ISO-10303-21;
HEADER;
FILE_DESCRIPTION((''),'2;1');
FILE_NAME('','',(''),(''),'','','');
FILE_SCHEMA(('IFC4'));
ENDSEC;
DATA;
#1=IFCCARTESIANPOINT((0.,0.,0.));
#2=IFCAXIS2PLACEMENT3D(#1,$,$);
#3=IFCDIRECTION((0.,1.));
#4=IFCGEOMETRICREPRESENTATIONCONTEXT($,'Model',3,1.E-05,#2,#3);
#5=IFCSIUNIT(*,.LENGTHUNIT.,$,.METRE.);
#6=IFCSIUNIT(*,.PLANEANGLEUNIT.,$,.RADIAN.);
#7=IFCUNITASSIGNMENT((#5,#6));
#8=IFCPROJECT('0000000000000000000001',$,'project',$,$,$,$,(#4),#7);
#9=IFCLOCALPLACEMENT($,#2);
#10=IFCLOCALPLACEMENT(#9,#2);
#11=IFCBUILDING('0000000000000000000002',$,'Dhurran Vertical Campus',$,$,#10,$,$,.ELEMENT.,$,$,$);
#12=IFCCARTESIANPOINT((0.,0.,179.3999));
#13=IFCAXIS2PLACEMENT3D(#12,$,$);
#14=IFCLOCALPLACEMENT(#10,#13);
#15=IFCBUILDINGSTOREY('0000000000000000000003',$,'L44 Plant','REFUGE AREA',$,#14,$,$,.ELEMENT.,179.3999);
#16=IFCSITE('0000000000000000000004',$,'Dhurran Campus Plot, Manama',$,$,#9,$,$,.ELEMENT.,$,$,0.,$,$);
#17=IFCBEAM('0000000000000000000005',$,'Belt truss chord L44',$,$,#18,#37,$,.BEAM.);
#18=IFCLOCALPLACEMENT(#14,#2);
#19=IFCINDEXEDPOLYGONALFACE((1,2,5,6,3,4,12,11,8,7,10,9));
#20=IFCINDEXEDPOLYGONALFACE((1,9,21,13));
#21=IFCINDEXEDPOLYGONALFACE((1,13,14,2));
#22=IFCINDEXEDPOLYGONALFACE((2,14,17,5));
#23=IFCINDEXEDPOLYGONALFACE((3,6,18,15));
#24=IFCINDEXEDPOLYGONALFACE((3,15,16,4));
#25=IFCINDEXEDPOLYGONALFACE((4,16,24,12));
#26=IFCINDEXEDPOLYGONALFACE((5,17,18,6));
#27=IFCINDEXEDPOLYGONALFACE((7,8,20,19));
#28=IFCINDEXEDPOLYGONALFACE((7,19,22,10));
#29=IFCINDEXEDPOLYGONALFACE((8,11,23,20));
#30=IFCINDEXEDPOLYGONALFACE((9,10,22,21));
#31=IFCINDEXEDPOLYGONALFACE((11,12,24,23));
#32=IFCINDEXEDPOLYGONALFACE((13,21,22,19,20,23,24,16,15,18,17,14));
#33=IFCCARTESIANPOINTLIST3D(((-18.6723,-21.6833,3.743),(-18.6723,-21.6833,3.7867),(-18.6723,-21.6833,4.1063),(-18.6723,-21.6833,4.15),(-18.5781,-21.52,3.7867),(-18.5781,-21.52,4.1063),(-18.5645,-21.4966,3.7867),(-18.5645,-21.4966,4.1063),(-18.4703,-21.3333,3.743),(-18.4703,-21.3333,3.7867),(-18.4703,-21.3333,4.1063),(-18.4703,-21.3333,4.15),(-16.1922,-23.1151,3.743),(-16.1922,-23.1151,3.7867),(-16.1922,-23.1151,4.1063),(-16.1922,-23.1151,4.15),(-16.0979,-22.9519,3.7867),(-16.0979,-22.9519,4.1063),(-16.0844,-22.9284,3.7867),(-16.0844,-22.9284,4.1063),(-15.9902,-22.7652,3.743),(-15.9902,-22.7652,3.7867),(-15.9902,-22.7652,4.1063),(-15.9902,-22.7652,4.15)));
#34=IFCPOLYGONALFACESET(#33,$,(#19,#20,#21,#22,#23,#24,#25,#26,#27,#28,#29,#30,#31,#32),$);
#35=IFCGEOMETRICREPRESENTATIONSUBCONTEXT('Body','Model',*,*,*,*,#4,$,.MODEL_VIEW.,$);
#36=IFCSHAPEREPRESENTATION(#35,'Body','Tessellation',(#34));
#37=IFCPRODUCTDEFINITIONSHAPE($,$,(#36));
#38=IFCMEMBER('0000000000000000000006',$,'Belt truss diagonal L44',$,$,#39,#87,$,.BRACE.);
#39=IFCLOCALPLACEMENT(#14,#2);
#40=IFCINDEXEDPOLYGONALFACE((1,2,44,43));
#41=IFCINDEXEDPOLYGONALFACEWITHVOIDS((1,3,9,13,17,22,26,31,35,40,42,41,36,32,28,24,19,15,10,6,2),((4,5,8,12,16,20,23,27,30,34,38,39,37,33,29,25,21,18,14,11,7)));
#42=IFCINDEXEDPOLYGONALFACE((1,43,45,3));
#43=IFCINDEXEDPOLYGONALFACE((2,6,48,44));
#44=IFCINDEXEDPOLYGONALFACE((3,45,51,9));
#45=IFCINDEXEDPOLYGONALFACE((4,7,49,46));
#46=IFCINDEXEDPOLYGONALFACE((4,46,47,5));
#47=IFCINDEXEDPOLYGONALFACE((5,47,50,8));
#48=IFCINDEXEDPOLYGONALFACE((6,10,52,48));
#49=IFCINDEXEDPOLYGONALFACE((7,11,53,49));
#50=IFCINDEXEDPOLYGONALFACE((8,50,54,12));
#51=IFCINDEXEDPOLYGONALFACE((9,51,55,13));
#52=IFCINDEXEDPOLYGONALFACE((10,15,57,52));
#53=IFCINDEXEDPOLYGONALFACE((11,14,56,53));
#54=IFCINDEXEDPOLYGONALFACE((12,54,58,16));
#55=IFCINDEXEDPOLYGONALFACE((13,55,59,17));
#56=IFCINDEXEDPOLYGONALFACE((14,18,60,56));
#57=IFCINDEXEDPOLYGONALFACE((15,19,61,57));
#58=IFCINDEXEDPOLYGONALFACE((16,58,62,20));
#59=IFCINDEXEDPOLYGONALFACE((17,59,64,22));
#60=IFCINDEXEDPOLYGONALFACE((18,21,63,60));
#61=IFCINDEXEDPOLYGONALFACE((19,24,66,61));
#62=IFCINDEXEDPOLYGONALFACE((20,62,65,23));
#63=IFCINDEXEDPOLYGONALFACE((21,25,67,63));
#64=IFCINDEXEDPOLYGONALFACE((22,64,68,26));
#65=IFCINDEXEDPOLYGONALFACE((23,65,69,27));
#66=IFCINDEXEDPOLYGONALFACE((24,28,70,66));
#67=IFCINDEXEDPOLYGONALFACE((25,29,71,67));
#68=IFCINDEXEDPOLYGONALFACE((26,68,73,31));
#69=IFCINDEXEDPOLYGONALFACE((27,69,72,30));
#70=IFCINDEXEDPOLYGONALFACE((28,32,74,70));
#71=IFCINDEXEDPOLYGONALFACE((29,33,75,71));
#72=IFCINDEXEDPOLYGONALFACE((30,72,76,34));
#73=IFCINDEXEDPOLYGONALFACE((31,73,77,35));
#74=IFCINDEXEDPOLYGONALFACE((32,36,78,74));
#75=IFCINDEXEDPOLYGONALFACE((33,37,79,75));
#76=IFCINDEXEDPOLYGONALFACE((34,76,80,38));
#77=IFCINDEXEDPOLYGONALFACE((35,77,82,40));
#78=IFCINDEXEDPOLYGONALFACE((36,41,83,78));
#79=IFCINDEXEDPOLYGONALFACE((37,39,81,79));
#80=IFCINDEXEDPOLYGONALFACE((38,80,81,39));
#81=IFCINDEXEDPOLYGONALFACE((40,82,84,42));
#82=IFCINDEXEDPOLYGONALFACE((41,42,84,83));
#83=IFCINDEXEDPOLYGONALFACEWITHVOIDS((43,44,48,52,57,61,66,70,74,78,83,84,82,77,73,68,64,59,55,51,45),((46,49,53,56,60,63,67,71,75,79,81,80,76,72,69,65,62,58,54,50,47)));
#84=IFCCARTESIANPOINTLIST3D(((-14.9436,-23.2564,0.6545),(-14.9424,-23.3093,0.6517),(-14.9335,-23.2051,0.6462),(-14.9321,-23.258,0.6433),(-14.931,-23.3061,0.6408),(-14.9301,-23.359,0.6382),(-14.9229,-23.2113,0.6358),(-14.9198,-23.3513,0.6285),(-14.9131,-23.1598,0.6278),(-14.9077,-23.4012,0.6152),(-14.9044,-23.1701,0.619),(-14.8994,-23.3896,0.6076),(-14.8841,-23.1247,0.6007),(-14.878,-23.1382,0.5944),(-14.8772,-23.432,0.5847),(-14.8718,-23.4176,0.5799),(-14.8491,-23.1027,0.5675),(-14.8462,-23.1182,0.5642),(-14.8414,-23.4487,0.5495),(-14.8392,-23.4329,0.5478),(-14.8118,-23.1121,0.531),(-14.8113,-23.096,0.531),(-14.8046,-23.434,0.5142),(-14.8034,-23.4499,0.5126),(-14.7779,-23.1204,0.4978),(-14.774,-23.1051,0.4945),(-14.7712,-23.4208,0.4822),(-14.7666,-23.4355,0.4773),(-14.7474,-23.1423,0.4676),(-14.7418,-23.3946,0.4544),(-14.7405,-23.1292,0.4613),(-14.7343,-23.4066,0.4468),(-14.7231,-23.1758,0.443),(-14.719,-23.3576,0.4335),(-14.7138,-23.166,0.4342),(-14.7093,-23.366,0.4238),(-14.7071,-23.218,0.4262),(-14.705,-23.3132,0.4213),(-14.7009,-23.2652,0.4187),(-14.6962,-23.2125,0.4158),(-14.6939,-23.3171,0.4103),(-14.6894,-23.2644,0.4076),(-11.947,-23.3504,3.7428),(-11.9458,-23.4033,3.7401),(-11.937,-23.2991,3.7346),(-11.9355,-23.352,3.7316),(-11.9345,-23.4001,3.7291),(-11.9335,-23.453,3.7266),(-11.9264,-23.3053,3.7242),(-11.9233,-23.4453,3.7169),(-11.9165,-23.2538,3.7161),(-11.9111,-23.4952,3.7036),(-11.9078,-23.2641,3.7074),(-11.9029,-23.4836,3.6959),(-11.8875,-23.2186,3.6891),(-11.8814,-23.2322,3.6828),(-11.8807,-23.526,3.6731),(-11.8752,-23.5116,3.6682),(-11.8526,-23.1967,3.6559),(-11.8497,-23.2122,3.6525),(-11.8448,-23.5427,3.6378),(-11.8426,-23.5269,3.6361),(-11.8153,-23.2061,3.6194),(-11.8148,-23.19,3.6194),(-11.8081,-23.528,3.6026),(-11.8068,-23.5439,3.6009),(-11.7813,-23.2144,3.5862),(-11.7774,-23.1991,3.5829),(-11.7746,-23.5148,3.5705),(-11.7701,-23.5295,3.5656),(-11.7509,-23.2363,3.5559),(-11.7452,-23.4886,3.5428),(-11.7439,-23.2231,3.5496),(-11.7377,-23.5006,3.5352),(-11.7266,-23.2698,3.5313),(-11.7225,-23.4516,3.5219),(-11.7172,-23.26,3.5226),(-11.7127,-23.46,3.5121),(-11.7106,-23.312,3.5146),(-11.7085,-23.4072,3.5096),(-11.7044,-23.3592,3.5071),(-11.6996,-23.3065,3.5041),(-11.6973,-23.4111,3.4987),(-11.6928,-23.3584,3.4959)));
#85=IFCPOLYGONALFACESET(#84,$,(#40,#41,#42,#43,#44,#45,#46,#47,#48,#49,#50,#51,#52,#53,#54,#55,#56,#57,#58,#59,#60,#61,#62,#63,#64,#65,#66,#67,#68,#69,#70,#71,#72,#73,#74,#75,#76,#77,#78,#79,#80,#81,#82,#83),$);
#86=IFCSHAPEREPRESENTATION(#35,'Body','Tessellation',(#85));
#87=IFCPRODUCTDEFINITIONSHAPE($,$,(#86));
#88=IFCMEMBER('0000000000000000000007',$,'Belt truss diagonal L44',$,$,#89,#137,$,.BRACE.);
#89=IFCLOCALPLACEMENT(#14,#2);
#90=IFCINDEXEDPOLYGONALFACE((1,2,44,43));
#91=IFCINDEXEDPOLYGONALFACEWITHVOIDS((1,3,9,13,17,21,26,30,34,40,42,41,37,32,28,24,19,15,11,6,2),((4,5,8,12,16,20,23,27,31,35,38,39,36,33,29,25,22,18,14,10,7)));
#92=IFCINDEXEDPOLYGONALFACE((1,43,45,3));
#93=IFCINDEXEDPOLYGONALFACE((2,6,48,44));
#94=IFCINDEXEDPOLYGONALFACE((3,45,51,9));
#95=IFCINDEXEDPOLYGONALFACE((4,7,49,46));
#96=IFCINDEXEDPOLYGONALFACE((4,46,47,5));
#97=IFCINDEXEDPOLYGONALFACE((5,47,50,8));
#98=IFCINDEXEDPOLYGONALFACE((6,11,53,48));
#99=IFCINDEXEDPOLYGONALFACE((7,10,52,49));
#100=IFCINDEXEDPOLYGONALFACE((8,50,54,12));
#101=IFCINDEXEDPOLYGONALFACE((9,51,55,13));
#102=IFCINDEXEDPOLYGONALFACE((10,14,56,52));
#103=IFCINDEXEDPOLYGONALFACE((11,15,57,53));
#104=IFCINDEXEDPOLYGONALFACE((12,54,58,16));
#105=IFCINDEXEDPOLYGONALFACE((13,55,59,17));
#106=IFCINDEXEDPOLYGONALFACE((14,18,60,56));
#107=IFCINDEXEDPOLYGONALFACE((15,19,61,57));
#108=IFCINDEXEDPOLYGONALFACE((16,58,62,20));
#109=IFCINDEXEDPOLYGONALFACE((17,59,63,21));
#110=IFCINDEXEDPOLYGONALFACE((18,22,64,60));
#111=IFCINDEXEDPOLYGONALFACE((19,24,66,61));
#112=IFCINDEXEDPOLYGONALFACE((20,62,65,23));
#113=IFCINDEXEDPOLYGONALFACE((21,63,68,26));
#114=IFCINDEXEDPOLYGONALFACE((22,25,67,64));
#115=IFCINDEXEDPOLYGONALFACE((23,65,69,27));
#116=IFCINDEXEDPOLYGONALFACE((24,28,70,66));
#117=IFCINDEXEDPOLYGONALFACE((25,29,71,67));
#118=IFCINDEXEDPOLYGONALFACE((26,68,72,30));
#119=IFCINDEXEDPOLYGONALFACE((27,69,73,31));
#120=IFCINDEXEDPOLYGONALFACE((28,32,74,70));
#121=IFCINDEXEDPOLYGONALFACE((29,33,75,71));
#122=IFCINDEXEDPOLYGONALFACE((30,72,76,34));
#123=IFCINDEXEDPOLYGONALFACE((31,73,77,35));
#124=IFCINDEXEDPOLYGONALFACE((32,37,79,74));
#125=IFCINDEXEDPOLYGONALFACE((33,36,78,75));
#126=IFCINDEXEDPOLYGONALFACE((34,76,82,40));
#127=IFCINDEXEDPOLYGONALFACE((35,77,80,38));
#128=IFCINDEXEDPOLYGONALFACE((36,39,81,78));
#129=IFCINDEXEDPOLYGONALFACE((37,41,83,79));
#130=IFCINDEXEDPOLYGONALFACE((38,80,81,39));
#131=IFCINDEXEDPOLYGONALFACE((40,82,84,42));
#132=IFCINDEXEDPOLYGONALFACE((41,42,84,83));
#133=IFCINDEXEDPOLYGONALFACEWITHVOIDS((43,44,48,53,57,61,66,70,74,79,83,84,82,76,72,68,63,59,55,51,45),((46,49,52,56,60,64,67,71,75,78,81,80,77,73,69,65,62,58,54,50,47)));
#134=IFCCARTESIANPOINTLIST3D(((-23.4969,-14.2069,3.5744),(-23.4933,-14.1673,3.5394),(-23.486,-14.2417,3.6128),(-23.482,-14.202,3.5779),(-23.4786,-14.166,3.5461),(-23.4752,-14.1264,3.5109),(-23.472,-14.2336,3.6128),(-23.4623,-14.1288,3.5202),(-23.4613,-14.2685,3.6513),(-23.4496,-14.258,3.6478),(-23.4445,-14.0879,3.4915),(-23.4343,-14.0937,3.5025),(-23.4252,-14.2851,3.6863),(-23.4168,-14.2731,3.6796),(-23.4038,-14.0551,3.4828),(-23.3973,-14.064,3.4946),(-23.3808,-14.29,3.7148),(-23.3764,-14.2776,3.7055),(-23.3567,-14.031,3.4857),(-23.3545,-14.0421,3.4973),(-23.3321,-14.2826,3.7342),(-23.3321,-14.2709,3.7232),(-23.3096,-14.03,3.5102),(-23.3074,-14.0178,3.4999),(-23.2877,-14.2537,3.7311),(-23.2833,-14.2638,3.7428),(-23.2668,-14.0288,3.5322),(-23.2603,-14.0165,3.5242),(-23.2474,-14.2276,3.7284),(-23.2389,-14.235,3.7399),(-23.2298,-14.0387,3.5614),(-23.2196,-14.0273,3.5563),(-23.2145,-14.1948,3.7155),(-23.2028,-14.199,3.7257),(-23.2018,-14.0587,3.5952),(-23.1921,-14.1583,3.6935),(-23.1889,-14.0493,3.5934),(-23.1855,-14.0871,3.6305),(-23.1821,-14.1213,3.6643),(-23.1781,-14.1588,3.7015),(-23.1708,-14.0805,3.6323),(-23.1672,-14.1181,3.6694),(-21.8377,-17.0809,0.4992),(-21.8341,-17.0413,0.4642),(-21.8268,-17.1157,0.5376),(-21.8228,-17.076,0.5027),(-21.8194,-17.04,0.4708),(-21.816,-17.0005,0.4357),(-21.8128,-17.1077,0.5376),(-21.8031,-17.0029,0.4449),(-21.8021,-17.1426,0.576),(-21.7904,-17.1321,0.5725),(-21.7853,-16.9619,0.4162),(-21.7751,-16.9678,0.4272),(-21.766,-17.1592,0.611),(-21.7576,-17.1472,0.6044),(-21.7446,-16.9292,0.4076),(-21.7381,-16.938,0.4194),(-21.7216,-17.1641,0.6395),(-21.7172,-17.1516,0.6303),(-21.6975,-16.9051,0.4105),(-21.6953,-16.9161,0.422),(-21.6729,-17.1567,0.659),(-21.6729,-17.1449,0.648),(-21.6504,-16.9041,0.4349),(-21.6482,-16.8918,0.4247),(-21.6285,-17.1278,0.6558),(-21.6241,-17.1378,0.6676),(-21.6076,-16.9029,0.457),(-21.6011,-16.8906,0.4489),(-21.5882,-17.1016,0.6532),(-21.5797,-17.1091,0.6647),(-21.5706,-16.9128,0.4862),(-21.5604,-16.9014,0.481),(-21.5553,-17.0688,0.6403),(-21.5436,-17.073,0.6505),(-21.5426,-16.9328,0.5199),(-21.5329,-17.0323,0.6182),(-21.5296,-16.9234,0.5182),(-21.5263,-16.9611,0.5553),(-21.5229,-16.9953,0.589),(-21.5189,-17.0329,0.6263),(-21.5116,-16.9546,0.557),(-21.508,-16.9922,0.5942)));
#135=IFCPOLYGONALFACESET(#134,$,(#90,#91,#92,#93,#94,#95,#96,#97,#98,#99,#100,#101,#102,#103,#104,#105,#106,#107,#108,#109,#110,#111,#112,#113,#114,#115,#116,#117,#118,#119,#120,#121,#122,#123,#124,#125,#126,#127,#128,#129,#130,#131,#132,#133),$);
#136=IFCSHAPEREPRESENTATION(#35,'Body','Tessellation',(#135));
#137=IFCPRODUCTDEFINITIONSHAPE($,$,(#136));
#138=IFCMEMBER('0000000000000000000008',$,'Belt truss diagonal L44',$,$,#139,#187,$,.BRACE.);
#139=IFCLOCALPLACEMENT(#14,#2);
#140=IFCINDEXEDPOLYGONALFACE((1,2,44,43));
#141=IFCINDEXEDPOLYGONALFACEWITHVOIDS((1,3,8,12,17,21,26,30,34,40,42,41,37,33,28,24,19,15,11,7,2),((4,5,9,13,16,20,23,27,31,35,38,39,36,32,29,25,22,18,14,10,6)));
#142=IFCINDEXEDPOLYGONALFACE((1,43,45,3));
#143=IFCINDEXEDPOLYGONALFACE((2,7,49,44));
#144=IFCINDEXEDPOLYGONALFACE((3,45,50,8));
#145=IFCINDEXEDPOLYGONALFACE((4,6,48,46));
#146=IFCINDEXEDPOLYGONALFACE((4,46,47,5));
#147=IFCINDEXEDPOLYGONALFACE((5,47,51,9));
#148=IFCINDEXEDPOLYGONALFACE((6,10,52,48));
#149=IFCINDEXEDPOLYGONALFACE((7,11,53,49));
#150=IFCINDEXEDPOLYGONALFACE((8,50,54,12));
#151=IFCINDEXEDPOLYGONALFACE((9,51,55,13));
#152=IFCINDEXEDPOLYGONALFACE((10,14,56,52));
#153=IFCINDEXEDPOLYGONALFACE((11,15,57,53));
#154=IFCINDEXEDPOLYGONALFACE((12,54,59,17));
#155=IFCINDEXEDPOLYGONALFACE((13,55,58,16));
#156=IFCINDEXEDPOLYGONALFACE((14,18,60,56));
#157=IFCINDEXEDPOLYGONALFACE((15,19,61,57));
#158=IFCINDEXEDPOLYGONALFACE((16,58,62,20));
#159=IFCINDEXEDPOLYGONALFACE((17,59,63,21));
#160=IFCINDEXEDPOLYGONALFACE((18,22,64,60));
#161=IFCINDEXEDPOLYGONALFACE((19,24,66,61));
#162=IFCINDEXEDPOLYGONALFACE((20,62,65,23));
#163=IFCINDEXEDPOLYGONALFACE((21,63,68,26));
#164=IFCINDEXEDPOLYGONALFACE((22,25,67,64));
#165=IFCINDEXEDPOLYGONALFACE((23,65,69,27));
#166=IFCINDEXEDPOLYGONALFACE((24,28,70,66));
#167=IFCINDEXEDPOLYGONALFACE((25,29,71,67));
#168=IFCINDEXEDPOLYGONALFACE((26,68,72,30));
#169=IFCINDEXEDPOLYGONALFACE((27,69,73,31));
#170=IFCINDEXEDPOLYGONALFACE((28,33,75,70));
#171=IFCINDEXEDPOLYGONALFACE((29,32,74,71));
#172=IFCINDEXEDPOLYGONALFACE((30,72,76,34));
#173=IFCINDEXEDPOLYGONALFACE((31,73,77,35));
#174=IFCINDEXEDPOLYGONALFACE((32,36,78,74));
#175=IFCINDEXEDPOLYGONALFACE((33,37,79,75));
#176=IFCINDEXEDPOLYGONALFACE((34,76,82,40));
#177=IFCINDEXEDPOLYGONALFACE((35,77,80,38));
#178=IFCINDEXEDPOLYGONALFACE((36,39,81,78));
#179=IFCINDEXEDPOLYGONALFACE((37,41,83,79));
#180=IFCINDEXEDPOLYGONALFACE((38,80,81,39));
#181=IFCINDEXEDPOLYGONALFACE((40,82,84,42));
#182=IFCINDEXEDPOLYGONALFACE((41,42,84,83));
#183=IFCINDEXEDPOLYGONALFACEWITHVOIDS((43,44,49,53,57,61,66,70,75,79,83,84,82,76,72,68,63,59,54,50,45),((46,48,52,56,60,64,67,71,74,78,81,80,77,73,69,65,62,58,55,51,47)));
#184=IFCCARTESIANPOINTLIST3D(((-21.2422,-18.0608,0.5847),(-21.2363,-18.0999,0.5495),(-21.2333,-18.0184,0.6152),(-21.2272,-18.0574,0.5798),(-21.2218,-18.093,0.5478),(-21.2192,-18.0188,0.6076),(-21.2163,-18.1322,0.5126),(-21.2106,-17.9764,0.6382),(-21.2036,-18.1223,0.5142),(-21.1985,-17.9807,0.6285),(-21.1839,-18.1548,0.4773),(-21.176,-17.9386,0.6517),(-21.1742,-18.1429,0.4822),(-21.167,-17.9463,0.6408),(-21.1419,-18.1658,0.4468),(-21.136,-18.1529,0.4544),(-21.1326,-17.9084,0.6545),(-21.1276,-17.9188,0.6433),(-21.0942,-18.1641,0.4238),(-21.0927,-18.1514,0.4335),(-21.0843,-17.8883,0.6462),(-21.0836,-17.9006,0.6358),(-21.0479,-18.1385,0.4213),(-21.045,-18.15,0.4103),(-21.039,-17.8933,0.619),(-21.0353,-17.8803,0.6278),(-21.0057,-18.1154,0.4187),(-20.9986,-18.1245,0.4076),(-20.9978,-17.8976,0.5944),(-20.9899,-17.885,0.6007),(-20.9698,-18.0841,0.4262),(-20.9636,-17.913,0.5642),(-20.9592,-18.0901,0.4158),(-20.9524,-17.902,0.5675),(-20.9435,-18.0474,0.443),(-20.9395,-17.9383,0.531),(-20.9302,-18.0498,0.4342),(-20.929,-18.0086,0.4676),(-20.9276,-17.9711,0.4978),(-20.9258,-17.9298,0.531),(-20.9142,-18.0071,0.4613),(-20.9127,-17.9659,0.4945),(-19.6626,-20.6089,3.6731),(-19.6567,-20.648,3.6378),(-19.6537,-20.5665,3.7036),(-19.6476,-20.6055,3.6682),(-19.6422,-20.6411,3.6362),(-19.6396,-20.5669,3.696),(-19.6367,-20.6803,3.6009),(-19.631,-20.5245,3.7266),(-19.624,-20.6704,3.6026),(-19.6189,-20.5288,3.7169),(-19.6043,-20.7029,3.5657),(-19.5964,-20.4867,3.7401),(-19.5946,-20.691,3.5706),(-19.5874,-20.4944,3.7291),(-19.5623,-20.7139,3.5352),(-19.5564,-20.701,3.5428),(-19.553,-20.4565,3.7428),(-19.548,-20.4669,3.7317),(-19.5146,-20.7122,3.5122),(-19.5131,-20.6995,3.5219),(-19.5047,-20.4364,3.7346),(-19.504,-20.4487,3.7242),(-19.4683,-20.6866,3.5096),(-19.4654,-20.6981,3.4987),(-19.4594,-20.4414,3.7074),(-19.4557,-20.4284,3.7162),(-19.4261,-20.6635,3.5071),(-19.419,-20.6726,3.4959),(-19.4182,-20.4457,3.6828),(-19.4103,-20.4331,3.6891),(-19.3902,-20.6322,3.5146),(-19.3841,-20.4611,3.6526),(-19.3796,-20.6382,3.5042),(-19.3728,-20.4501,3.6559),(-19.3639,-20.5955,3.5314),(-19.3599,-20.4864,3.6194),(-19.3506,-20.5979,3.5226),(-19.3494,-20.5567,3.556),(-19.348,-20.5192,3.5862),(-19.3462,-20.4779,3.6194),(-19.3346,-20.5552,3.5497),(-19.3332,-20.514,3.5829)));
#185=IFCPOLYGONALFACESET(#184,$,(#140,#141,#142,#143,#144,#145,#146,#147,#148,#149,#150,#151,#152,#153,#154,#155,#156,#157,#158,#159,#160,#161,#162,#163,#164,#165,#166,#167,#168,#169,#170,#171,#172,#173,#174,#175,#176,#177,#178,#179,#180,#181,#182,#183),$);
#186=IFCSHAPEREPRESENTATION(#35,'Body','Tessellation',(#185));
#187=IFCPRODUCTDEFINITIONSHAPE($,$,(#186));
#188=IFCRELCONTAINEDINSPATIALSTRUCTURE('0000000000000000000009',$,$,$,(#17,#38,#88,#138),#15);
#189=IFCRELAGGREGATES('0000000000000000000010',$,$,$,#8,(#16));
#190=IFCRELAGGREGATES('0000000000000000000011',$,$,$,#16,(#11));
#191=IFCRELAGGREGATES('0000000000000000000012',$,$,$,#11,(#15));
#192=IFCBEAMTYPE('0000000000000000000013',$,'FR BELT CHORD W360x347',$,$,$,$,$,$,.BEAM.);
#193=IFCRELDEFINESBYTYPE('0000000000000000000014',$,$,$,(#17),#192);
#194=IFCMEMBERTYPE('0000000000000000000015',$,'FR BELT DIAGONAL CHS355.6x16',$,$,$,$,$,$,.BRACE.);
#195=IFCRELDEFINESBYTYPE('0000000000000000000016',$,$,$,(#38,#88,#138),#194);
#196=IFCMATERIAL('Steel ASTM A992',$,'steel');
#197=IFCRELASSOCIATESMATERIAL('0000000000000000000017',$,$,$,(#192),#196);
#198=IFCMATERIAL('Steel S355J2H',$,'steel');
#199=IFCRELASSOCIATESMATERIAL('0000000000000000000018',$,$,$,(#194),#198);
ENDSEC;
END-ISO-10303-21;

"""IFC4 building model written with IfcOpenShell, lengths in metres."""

from ifc_helpers import new_model, si_unit, direction, frame, origin, origin_2d, place, context, subcontext, project, spatial, hollow_circle, i_section, extrude, material, material_profile, profile_set, type_object, element, save


model = new_model("IFC4")

# Units and contexts
model_context = context("Model", 3, precision=1e-05, world=origin(), true_north=direction((0.0, 1.0)))
body_context = subcontext(model_context, "Body", "Model", "MODEL_VIEW")
ifc_project = project(units=[si_unit("LENGTHUNIT", "METRE"), si_unit("PLANEANGLEUNIT", "RADIAN")], contexts=[model_context])

# Site, building, storey
site_placement = place(None, origin())
site = spatial("IfcSite", under=ifc_project, at=site_placement, Name="Dhurran Campus Plot, Manama", CompositionType="ELEMENT", RefElevation=0.0)
building_placement = place(site_placement, origin())
building = spatial("IfcBuilding", under=site, at=building_placement, Name="Dhurran Vertical Campus", CompositionType="ELEMENT")
storey_placement = place(building_placement, frame((0.0, 0.0, 179.3999)))
storey = spatial("IfcBuildingStorey", under=building, at=storey_placement, Name="L44 Plant", Description="REFUGE AREA", CompositionType="ELEMENT", Elevation=179.3999)

# Beam
ifc_material_1 = material(Name="Steel ASTM A992", Category="steel")
ifc_material_profile_1 = material_profile(ifc_material_1, i_section(OverallWidth=0.4041, OverallDepth=0.407, WebThickness=0.0271, FlangeThickness=0.0437, at=origin_2d()), Name="W360x347")
ifc_profile_set_1 = profile_set([ifc_material_profile_1], Name="Steel ASTM A992")
beam_type = type_object("IfcBeamType", Name="FR BELT CHORD W360x347", PredefinedType="BEAM", material=ifc_profile_set_1)
for number, where, z_axis, x_axis, name in (
    (1, (-18.5713, -21.5083, 3.9465), (0.866037, -0.499981, 0.0), (0.499981, 0.866037, 0.0), "Belt truss chord L44"),
):
    element("IfcBeam", number, at=place(storey_placement, frame(where, z_axis=z_axis, x_axis=x_axis)), inside=storey, type_object=beam_type, Name=name, PredefinedType="BEAM", context=body_context, shape_type="SweptSolid", body=[
        extrude(i_section(OverallWidth=0.4041, OverallDepth=0.407, WebThickness=0.0271, FlangeThickness=0.0437, at=origin_2d()), origin(), (0.0, 0.0, 1.0), 2.8638),
    ])

# Members
ifc_material_2 = material(Name="Steel S355J2H", Category="steel")
ifc_material_profile_2 = material_profile(ifc_material_2, hollow_circle(Radius=0.1777, WallThickness=0.0161, at=origin_2d()), Name="CHS355.6x16")
ifc_profile_set_2 = profile_set([ifc_material_profile_2], Name="Steel S355J2H")
member_type = type_object("IfcMemberType", Name="FR BELT DIAGONAL CHS355.6x16", PredefinedType="BRACE", material=ifc_profile_set_2)
member_1_placement = place(storey_placement, frame((-14.8169, -23.2737, 0.531), z_axis=(0.696194, -0.021838, 0.717521), x_axis=(0.031352, 0.999508, 0.0)))
element("IfcMember", 2, at=member_1_placement, inside=storey, type_object=member_type, Name="Belt truss diagonal L44", PredefinedType="BRACE", context=body_context, shape_type="SweptSolid", body=[
    extrude(hollow_circle(Radius=0.1777, WallThickness=0.0161, at=origin_2d()), origin(), (0.0, 0.0, 1.0), 4.3042),
])
member_2_placement = place(storey_placement, frame((-21.6729, -17.0269, 0.5376), z_axis=(-0.366722, 0.635235, 0.679699), x_axis=(-0.866043, -0.499969, 0.0)))
element("IfcMember", 3, at=member_2_placement, inside=storey, type_object=member_type, Name="Belt truss diagonal L44", PredefinedType="BRACE", context=body_context, shape_type="SweptSolid", body=[
    extrude(hollow_circle(Radius=0.1777, WallThickness=0.0161, at=origin_2d()), origin(), (0.0, 0.0, 1.0), 4.5244),
])
member_3_placement = place(storey_placement, frame((-21.0769, -18.0234, 0.531), z_axis=(0.36699, -0.592005, 0.71753), x_axis=(0.849937, 0.526884, 0.0)))
element("IfcMember", 4, at=member_3_placement, inside=storey, type_object=member_type, Name="Belt truss diagonal L44", PredefinedType="BRACE", context=body_context, shape_type="SweptSolid", body=[
    extrude(hollow_circle(Radius=0.1777, WallThickness=0.0161, at=origin_2d()), origin(), (0.0, 0.0, 1.0), 4.3042),
])

save(model, "model.ifc")
